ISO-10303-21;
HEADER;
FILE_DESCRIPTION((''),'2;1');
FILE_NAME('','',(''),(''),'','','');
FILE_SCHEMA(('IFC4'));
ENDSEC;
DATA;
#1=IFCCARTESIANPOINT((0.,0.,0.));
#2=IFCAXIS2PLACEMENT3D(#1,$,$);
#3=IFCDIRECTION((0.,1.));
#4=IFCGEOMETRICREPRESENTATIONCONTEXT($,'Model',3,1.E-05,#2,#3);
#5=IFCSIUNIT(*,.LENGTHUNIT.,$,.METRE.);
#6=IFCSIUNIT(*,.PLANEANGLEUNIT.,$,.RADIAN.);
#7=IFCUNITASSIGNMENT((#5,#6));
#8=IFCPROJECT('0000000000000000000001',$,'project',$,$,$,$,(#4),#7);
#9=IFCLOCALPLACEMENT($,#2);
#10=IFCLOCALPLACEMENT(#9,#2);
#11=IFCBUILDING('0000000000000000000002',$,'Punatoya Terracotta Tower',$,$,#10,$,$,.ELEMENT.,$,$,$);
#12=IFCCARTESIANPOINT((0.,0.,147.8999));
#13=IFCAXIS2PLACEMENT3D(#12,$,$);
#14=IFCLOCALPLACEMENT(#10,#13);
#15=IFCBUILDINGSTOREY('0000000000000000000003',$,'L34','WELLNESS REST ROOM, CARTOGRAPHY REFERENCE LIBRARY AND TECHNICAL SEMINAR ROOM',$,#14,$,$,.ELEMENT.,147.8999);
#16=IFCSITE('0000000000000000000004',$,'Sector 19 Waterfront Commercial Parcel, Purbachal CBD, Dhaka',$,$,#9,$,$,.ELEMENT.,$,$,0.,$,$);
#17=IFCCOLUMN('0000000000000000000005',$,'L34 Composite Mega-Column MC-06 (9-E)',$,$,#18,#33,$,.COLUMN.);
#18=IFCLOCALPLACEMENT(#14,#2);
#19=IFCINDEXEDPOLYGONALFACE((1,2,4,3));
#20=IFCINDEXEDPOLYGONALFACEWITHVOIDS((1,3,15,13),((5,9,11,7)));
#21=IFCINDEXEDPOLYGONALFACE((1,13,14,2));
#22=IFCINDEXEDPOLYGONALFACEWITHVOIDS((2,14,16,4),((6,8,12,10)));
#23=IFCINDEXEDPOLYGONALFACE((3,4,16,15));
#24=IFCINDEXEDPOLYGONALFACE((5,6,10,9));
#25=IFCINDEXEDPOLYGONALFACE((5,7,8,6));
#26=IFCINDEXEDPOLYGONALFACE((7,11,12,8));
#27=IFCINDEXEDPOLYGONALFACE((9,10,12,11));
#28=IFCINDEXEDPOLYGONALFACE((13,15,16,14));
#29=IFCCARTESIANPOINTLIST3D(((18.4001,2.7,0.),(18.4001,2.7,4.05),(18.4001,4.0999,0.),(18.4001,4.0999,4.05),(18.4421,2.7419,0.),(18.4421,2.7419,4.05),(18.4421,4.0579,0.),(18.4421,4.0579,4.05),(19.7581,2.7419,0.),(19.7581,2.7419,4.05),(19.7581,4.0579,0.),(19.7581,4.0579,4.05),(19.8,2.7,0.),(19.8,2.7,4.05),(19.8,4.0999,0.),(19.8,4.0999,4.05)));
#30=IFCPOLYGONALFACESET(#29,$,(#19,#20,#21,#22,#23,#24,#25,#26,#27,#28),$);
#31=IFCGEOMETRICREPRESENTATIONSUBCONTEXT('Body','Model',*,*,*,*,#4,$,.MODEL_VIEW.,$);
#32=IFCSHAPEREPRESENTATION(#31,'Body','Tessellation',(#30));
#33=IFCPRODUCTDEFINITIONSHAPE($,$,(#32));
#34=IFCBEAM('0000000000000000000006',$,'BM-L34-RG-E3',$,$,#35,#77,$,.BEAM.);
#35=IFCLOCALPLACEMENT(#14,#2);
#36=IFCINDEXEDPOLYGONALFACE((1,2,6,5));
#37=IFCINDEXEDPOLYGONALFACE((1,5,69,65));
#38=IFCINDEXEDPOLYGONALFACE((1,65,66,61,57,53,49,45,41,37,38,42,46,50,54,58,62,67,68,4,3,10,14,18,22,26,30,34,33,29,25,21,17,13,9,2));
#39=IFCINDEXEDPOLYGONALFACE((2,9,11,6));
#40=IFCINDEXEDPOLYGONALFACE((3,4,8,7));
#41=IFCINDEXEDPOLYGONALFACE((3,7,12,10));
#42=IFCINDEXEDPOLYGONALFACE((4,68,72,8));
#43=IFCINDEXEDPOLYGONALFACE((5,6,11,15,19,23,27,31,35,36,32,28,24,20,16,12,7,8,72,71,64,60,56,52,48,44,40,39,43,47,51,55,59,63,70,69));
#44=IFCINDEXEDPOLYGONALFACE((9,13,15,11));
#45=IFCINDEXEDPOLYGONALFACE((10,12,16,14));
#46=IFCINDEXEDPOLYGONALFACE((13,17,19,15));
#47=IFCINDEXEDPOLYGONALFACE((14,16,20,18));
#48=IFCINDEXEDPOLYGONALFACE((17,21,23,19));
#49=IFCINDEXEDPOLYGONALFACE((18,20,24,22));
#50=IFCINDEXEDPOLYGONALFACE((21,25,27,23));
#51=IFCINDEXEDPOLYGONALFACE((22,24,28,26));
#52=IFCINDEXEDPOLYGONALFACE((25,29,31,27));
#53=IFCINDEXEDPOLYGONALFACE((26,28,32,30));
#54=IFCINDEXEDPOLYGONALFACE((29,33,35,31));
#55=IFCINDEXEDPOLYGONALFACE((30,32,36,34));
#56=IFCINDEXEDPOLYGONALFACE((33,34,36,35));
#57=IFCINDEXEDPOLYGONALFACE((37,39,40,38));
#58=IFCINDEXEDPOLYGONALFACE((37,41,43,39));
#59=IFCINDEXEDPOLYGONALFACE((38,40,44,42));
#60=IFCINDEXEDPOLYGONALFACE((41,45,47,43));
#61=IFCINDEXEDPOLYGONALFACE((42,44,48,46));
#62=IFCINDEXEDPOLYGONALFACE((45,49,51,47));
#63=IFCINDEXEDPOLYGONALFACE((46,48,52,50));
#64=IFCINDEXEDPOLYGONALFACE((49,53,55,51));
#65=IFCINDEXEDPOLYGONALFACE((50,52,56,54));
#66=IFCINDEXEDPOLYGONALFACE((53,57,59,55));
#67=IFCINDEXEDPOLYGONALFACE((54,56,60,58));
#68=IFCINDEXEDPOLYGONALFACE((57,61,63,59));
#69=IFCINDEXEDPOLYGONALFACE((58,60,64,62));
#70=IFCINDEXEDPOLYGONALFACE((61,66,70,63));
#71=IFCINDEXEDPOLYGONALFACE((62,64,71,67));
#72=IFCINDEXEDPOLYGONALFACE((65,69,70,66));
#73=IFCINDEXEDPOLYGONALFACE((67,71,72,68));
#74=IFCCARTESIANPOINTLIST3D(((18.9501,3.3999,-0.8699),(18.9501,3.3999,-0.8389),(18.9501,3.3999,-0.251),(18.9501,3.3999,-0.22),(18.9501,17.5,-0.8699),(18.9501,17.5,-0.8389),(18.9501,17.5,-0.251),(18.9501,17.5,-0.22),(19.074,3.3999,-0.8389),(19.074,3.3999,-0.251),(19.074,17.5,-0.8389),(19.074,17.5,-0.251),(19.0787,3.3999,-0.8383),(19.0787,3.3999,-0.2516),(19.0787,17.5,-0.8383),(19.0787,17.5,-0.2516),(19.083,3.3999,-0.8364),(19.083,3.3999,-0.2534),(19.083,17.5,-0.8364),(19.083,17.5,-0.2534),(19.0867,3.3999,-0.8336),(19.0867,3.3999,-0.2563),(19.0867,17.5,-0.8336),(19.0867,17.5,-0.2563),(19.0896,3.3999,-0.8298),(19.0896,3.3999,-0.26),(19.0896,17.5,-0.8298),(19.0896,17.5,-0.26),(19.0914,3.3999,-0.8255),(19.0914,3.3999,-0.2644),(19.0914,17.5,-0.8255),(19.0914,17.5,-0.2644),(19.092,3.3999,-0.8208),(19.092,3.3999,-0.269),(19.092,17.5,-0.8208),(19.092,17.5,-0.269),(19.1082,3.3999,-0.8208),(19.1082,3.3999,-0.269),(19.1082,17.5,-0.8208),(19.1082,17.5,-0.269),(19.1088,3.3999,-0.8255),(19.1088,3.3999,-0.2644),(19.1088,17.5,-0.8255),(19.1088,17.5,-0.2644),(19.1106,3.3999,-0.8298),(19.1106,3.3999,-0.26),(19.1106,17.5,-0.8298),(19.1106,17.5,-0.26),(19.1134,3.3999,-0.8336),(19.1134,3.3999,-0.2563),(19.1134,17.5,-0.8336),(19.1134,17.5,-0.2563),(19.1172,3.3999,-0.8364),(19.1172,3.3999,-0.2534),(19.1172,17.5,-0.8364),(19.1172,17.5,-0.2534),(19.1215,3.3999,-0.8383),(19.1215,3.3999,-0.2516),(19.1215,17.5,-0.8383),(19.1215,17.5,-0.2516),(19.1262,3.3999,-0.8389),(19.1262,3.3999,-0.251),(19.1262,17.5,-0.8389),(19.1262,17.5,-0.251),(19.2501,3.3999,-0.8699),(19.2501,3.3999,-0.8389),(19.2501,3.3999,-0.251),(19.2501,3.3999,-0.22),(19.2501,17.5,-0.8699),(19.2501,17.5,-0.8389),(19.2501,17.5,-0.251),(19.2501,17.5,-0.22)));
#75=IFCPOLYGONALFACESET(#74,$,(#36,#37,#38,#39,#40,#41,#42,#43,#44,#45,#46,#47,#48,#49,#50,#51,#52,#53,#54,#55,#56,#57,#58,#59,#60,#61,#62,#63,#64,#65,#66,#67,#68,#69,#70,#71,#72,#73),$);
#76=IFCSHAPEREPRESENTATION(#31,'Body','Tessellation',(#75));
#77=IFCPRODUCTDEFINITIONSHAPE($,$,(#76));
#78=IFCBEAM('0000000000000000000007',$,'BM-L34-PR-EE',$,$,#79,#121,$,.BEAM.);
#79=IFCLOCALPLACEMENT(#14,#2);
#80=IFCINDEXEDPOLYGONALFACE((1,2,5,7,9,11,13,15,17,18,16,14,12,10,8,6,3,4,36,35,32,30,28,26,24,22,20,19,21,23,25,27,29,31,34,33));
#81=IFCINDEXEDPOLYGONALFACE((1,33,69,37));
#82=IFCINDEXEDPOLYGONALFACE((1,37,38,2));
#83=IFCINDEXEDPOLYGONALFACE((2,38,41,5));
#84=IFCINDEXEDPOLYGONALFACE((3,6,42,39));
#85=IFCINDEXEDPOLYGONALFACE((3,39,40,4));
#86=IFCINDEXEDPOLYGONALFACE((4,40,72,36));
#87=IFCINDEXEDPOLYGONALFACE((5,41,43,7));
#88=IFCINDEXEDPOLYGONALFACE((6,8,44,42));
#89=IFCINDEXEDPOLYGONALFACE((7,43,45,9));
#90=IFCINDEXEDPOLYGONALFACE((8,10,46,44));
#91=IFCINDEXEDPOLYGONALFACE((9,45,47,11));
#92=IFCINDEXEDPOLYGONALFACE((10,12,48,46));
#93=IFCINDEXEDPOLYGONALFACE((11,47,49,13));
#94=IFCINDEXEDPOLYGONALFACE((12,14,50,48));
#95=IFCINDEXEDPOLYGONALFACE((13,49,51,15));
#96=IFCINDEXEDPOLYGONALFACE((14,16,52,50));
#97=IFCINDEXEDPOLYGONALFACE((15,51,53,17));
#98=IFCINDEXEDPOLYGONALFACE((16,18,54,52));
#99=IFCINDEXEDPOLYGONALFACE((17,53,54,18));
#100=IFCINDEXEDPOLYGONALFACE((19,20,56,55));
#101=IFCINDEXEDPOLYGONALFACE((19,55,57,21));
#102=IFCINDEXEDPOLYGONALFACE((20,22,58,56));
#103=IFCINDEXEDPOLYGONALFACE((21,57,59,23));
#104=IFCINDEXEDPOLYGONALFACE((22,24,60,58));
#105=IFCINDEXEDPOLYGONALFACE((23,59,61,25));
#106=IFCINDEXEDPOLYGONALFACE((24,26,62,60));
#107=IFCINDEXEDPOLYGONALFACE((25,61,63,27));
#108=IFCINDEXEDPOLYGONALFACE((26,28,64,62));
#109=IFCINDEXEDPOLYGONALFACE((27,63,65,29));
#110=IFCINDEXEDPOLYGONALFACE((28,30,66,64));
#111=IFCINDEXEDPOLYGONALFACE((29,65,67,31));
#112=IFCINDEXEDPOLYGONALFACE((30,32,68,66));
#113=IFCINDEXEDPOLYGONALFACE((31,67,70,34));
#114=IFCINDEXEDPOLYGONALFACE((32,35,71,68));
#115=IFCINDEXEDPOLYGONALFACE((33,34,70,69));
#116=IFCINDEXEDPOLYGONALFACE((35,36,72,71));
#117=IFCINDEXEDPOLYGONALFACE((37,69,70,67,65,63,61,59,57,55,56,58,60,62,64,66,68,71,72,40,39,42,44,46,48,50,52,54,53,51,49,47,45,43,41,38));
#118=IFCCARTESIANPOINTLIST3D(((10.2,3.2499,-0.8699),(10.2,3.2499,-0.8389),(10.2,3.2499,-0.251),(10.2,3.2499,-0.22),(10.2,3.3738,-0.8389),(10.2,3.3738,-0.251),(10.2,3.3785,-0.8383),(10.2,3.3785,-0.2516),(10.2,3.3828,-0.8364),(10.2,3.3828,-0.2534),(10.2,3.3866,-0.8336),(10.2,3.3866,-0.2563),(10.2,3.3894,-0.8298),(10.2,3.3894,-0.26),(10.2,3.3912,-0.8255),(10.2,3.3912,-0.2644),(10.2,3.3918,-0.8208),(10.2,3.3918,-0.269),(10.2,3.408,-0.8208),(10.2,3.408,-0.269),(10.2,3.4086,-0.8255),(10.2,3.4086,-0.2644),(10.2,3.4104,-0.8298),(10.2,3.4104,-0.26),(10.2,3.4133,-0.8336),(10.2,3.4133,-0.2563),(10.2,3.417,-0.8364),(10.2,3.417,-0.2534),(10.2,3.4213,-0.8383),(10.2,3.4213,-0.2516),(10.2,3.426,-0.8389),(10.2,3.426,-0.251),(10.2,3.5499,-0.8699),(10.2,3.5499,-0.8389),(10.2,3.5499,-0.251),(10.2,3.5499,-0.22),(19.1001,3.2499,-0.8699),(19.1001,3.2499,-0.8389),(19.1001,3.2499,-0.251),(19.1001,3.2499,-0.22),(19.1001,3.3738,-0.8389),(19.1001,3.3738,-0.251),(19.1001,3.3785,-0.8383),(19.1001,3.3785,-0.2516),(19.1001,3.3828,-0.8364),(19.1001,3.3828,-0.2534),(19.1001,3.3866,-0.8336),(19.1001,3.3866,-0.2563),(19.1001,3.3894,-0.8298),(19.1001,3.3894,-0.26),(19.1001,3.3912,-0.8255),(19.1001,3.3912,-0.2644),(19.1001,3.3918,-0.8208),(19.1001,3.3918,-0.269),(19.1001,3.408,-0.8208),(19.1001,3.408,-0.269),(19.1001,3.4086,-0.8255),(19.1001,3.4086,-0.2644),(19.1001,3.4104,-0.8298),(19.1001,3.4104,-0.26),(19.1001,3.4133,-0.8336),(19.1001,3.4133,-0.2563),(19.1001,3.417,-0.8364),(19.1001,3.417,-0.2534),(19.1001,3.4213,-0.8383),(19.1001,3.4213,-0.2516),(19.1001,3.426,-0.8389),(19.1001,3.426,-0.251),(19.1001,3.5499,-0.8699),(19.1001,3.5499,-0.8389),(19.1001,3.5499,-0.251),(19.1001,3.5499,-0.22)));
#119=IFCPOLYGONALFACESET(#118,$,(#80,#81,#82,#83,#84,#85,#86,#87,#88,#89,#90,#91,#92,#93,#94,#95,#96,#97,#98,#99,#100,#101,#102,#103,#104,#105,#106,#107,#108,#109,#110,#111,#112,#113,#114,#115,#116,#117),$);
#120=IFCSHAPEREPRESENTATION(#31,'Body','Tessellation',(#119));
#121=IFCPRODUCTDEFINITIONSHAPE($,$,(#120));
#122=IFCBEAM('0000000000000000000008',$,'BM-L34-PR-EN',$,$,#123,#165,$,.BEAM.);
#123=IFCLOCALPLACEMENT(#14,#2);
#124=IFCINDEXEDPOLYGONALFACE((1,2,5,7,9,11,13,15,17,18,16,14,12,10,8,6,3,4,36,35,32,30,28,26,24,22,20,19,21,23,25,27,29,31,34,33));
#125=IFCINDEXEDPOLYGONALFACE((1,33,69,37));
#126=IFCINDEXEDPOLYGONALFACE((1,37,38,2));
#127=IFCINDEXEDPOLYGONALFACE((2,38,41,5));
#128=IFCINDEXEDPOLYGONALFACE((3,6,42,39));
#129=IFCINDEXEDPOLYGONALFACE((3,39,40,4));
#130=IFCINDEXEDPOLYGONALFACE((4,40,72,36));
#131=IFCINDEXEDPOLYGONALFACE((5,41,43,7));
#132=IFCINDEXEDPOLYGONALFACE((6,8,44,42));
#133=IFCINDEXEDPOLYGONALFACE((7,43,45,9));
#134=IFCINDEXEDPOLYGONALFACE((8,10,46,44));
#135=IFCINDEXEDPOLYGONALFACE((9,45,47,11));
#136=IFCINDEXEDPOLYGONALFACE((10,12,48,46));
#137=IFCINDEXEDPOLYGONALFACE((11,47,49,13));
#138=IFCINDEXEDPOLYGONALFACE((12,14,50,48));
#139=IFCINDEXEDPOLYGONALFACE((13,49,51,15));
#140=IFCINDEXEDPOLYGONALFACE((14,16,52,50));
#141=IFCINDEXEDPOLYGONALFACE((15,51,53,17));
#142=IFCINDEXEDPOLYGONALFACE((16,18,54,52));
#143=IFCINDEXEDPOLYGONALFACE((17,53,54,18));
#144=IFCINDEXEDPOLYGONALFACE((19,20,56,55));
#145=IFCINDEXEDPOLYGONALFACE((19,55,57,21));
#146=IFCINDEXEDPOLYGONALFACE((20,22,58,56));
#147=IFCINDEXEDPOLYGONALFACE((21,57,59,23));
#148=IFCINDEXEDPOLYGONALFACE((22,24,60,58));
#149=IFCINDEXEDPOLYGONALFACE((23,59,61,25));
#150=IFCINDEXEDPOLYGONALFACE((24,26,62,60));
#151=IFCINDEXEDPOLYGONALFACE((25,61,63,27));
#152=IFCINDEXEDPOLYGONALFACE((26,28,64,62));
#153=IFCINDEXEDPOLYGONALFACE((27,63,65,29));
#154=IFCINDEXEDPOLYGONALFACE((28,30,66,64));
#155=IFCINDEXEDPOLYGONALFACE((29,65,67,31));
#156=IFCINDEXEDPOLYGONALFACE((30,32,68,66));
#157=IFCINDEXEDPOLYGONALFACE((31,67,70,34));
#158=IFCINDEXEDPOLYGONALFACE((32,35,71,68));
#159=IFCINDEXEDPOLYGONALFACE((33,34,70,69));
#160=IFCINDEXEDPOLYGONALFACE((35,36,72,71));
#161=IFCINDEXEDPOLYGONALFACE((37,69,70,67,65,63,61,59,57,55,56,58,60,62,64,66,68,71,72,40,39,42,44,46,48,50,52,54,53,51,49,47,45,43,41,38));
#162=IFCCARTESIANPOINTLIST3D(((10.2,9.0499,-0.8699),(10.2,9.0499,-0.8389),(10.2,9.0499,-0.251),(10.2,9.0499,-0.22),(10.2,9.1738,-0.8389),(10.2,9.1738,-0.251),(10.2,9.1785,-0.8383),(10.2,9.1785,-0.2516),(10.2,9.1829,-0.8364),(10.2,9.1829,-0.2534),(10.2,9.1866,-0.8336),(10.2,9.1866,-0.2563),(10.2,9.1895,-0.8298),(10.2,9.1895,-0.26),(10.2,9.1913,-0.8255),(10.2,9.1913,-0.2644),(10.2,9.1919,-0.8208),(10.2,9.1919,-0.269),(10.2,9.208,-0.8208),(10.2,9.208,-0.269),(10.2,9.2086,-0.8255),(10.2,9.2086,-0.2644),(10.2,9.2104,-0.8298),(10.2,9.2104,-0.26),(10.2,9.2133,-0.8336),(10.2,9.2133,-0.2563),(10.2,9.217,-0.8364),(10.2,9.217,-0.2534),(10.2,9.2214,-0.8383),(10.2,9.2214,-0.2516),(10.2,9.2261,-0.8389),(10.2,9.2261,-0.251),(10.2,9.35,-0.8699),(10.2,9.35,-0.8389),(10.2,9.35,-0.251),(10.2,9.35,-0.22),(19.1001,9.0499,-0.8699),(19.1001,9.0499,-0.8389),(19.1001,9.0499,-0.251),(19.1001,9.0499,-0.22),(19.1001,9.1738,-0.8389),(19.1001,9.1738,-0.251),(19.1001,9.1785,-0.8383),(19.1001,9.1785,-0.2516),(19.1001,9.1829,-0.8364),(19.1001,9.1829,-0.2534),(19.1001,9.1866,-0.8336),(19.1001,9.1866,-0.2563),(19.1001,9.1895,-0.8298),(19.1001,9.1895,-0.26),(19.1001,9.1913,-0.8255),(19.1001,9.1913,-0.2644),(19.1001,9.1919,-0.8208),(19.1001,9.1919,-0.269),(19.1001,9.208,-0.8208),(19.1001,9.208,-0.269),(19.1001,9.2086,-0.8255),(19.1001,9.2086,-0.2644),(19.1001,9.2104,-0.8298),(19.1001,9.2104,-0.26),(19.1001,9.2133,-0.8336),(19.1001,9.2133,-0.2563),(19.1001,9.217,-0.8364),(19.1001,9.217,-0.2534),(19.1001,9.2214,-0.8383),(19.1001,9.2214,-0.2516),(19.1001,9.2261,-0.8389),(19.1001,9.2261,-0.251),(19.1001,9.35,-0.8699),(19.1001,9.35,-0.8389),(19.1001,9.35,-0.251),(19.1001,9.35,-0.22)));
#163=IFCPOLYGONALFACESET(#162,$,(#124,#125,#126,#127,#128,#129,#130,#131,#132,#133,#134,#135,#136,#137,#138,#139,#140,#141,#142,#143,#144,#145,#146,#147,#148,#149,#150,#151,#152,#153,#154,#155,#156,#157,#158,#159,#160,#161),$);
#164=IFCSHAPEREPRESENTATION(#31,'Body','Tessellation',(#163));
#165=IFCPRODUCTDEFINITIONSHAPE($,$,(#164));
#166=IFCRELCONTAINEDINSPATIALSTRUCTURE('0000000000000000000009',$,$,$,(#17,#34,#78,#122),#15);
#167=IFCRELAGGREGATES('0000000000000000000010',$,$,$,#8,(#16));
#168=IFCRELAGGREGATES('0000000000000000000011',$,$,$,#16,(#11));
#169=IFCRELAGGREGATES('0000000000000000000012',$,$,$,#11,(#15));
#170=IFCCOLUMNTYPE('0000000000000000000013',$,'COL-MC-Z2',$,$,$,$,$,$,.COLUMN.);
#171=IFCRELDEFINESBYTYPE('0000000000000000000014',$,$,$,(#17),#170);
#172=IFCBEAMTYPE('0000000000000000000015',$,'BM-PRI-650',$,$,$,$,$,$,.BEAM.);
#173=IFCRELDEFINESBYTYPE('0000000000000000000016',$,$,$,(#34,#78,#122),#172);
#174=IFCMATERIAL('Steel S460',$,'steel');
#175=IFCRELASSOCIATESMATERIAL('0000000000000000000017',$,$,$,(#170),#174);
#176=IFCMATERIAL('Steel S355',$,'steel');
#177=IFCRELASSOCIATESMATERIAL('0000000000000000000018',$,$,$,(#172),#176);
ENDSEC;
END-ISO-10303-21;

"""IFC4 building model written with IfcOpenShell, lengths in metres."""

from ifc_helpers import new_model, si_unit, direction, frame, origin, origin_2d, place, context, subcontext, project, spatial, hollow_rectangle, i_section, extrude, material, material_profile, profile_set, type_object, element, save


model = new_model("IFC4")

# Units and contexts
model_context = context("Model", 3, precision=1e-05, world=origin(), true_north=direction((0.0, 1.0)))
body_context = subcontext(model_context, "Body", "Model", "MODEL_VIEW")
ifc_project = project(units=[si_unit("LENGTHUNIT", "METRE"), si_unit("PLANEANGLEUNIT", "RADIAN")], contexts=[model_context])

# Site, building, storey
site_placement = place(None, origin())
site = spatial("IfcSite", under=ifc_project, at=site_placement, Name="Sector 19 Waterfront Commercial Parcel, Purbachal CBD, Dhaka", CompositionType="ELEMENT", RefElevation=0.0)
building_placement = place(site_placement, origin())
building = spatial("IfcBuilding", under=site, at=building_placement, Name="Punatoya Terracotta Tower", CompositionType="ELEMENT")
storey_placement = place(building_placement, frame((0.0, 0.0, 147.8999)))
storey = spatial("IfcBuildingStorey", under=building, at=storey_placement, Name="L34", Description="WELLNESS REST ROOM, CARTOGRAPHY REFERENCE LIBRARY AND TECHNICAL SEMINAR ROOM", CompositionType="ELEMENT", Elevation=147.8999)

# Column
ifc_material_1 = material(Name="Steel S460", Category="steel")
ifc_material_profile_1 = material_profile(ifc_material_1, hollow_rectangle(XDim=1.3999, YDim=1.3999, WallThickness=0.042, at=origin_2d()))
ifc_profile_set_1 = profile_set([ifc_material_profile_1], Name="Steel S460")
column_type = type_object("IfcColumnType", Name="COL-MC-Z2", PredefinedType="COLUMN", material=ifc_profile_set_1)
column_placement = place(storey_placement, frame((19.1001, 3.3999, 0.0), z_axis=(0.0, 0.0, 1.0), x_axis=(1.0, 0.0, 0.0)))
element("IfcColumn", 1, at=column_placement, inside=storey, type_object=column_type, Name="L34 Composite Mega-Column MC-06 (9-E)", PredefinedType="COLUMN", context=body_context, shape_type="SweptSolid", body=[
    extrude(hollow_rectangle(XDim=1.3999, YDim=1.3999, WallThickness=0.042, at=origin_2d()), origin(), (0.0, 0.0, 1.0), 4.05),
])

# Beams
ifc_material_2 = material(Name="Steel S355", Category="steel")
ifc_material_profile_2 = material_profile(ifc_material_2, i_section(OverallWidth=0.3, OverallDepth=0.6499, WebThickness=0.0161, FlangeThickness=0.031, FilletRadius=0.0181, at=origin_2d()))
ifc_profile_set_2 = profile_set([ifc_material_profile_2], Name="Steel S355")
beam_type_1 = type_object("IfcBeamType", Name="BM-PRI-650", PredefinedType="BEAM", material=ifc_profile_set_2)
beam_1_placement = place(storey_placement, frame((19.1001, 3.3999, -0.5449), z_axis=(0.0, 1.0, 0.0), x_axis=(-1.0, 0.0, 0.0)))
element("IfcBeam", 2, at=beam_1_placement, inside=storey, type_object=beam_type_1, Name="BM-L34-RG-E3", PredefinedType="BEAM", context=body_context, shape_type="SweptSolid", body=[
    extrude(i_section(OverallWidth=0.3, OverallDepth=0.6499, WebThickness=0.0161, FlangeThickness=0.031, FilletRadius=0.0181, at=origin_2d()), origin(), (0.0, 0.0, 1.0), 14.1001),
])
for number, where, z_axis, x_axis, name in (
    (3, (10.2, 3.3999, -0.5449), (1.0, 0.0, 0.0), (0.0, 1.0, 0.0), "BM-L34-PR-EE"),
    (4, (10.2, 9.2, -0.5449), (1.0, 0.0, 0.0), (0.0, 1.0, 0.0), "BM-L34-PR-EN"),
):
    element("IfcBeam", number, at=place(storey_placement, frame(where, z_axis=z_axis, x_axis=x_axis)), inside=storey, type_object=beam_type_1, Name=name, PredefinedType="BEAM", context=body_context, shape_type="SweptSolid", body=[
        extrude(i_section(OverallWidth=0.3, OverallDepth=0.6499, WebThickness=0.0161, FlangeThickness=0.031, FilletRadius=0.0181, at=origin_2d()), origin(), (0.0, 0.0, 1.0), 8.9001),
    ])

save(model, "model.ifc")
